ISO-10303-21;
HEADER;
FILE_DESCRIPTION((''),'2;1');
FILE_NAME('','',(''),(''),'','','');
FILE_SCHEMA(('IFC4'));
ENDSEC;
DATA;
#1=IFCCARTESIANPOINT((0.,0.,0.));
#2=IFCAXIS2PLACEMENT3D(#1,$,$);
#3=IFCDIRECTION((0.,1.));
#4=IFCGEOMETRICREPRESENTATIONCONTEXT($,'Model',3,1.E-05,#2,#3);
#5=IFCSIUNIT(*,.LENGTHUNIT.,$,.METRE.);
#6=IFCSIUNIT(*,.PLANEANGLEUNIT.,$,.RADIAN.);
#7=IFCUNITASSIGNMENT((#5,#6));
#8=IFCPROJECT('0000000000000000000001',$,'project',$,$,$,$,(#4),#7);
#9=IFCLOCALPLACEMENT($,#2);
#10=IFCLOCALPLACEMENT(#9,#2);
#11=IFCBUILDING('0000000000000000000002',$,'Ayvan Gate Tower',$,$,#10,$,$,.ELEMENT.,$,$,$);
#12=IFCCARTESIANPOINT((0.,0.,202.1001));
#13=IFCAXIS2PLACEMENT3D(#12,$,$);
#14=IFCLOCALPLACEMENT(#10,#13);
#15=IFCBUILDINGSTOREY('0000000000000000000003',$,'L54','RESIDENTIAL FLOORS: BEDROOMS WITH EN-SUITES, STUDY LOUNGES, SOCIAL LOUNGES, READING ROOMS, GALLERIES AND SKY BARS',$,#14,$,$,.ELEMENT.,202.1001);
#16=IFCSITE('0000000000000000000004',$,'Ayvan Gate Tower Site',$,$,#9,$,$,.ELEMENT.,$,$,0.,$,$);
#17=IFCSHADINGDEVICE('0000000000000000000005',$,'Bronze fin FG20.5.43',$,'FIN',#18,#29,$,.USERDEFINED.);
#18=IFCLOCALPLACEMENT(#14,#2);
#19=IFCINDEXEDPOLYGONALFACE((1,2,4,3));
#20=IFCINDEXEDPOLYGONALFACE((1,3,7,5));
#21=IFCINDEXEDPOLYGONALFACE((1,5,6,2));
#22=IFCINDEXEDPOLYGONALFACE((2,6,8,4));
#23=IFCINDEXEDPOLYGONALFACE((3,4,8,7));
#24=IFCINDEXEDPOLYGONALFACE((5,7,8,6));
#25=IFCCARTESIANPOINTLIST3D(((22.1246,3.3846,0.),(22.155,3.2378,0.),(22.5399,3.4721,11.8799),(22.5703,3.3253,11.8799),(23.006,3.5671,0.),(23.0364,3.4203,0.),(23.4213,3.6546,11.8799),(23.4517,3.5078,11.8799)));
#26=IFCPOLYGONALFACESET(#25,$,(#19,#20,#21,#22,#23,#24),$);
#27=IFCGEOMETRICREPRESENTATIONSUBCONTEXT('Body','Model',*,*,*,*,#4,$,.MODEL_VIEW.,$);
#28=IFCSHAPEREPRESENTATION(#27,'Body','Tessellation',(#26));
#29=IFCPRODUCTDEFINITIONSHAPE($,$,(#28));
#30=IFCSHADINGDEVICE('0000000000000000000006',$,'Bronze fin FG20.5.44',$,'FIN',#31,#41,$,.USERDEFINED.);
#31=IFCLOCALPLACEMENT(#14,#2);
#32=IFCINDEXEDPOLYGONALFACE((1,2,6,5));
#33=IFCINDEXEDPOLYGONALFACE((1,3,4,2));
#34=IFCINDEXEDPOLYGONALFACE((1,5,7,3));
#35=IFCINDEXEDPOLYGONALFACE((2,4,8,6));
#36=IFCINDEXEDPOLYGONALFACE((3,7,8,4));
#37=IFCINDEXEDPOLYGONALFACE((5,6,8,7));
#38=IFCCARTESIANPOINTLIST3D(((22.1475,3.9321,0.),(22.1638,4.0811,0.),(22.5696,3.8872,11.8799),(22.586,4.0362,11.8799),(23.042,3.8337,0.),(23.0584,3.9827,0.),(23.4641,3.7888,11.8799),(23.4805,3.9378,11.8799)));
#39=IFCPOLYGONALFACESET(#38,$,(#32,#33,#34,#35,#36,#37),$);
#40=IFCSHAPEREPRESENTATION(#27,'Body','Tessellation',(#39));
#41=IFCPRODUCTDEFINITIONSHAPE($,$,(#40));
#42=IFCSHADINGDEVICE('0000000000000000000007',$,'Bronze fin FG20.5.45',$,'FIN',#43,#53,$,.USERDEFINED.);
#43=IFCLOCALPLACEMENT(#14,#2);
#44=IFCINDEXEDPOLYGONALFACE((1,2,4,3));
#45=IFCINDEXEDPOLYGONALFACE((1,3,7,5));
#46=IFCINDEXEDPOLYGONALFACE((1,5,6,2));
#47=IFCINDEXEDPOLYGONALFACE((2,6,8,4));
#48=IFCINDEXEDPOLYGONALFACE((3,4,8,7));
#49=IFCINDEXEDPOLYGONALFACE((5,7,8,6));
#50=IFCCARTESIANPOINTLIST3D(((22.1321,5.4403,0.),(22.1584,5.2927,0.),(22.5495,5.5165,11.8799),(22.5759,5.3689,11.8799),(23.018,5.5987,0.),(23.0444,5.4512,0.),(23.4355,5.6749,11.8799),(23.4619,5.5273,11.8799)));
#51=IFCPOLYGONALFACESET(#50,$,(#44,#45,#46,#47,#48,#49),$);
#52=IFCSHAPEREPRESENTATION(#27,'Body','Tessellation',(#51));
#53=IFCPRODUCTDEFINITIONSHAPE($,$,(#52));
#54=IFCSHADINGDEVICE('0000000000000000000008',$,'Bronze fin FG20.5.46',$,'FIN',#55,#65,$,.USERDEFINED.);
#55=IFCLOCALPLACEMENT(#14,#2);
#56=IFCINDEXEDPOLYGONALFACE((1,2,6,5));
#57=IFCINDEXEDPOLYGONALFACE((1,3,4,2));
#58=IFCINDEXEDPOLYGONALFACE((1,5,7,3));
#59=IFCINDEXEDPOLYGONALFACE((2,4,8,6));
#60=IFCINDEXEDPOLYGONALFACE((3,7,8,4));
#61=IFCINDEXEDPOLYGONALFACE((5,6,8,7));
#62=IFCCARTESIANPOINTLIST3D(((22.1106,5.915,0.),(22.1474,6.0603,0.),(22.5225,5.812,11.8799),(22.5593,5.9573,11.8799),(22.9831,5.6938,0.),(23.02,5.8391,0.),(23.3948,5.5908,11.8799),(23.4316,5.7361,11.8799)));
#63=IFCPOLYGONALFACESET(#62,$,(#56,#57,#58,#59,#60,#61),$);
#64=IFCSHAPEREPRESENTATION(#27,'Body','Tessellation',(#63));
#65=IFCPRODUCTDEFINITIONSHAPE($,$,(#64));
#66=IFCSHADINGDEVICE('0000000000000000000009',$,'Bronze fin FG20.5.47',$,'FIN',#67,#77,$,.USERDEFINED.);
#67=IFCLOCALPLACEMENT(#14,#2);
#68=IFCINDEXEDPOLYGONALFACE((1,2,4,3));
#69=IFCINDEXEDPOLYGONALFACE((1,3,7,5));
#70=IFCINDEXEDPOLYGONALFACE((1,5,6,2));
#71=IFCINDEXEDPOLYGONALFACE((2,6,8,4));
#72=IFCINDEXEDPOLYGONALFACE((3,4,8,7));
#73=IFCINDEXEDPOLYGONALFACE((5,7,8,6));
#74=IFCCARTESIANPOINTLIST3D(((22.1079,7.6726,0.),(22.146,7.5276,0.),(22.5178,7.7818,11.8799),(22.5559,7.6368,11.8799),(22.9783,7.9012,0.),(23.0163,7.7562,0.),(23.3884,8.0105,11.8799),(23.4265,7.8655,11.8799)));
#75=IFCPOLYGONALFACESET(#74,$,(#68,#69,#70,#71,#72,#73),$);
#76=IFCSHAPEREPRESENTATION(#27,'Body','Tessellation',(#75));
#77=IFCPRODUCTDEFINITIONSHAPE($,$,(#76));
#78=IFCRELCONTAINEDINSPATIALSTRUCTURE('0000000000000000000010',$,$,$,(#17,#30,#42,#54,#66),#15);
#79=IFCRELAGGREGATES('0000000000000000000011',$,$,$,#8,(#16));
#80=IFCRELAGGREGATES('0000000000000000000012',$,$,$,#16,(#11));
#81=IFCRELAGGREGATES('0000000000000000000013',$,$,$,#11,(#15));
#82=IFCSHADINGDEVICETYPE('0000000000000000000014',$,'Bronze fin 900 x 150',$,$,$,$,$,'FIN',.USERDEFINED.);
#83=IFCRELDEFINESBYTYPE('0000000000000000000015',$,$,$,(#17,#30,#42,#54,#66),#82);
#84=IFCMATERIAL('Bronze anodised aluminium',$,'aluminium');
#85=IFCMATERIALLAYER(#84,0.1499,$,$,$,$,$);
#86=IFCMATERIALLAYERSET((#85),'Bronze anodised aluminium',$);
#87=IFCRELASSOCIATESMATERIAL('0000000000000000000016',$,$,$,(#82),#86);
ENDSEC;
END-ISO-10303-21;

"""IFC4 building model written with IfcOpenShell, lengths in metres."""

from ifc_helpers import new_model, si_unit, direction, frame, origin, place, context, subcontext, project, spatial, polyline, outline, extrude, material, layer, layer_set, type_object, element, save


model = new_model("IFC4")

# Units and contexts
model_context = context("Model", 3, precision=1e-05, world=origin(), true_north=direction((0.0, 1.0)))
body_context = subcontext(model_context, "Body", "Model", "MODEL_VIEW")
ifc_project = project(units=[si_unit("LENGTHUNIT", "METRE"), si_unit("PLANEANGLEUNIT", "RADIAN")], contexts=[model_context])

# Site, building, storey
site_placement = place(None, origin())
site = spatial("IfcSite", under=ifc_project, at=site_placement, Name="Ayvan Gate Tower Site", CompositionType="ELEMENT", RefElevation=0.0)
building_placement = place(site_placement, origin())
building = spatial("IfcBuilding", under=site, at=building_placement, Name="Ayvan Gate Tower", CompositionType="ELEMENT")
storey_placement = place(building_placement, frame((0.0, 0.0, 202.1001)))
storey = spatial("IfcBuildingStorey", under=building, at=storey_placement, Name="L54", Description="RESIDENTIAL FLOORS: BEDROOMS WITH EN-SUITES, STUDY LOUNGES, SOCIAL LOUNGES, READING ROOMS, GALLERIES AND SKY BARS", CompositionType="ELEMENT", Elevation=202.1001)

# Shared definitions
ifc_material_1 = material(Name="Bronze anodised aluminium", Category="aluminium")

# Shading devices
ifc_layer_1 = layer(ifc_material_1, 0.1499)
ifc_layer_set_1 = layer_set([ifc_layer_1], Name="Bronze anodised aluminium")
shading_device_type = type_object("IfcShadingDeviceType", Name="Bronze fin 900 x 150", ElementType="FIN", PredefinedType="USERDEFINED", material=ifc_layer_set_1)
shading_device_1_placement = place(storey_placement, frame((22.155, 3.2378, 0.0), z_axis=(0.202763, -0.979228, 0.000126), x_axis=(0.979228, 0.202763, 0.0)))
element("IfcShadingDevice", 1, at=shading_device_1_placement, inside=storey, type_object=shading_device_type, Name="Bronze fin FG20.5.43", ObjectType="FIN", PredefinedType="USERDEFINED", context=body_context, shape_type="SweptSolid", body=[
    extrude(outline(polyline([(0.0, 0.0), (0.9, 0.0), (1.3244, 11.8799), (0.4244, 11.8799), (0.0, 0.0)])), origin(), (0.0, 0.0, -1.0), 0.1499),
])
shading_device_2_placement = place(storey_placement, frame((22.1475, 3.9321, 0.0), z_axis=(-0.10933, -0.994006, 0.000126), x_axis=(0.994006, -0.10933, 0.0)))
element("IfcShadingDevice", 2, at=shading_device_2_placement, inside=storey, type_object=shading_device_type, Name="Bronze fin FG20.5.44", ObjectType="FIN", PredefinedType="USERDEFINED", context=body_context, shape_type="SweptSolid", body=[
    extrude(outline(polyline([(0.0, 0.0), (0.8999, 0.0), (1.3244, 11.8799), (0.4245, 11.8799), (0.0, 0.0)])), origin(), (0.0, 0.0, -1.0), 0.1499),
])
shading_device_3_placement = place(storey_placement, frame((22.1584, 5.2927, 0.0), z_axis=(0.176044, -0.984382, 0.000125), x_axis=(0.984382, 0.176044, 0.0)))
element("IfcShadingDevice", 3, at=shading_device_3_placement, inside=storey, type_object=shading_device_type, Name="Bronze fin FG20.5.45", ObjectType="FIN", PredefinedType="USERDEFINED", context=body_context, shape_type="SweptSolid", body=[
    extrude(outline(polyline([(0.0, 0.0), (0.9, 0.0), (1.3244, 11.8799), (0.4244, 11.8799), (0.0, 0.0)])), origin(), (0.0, 0.0, -1.0), 0.1499),
])
shading_device_4_placement = place(storey_placement, frame((22.1106, 5.915, 0.0), z_axis=(-0.245757, -0.969331, 0.000111), x_axis=(0.969331, -0.245757, 0.0)))
element("IfcShadingDevice", 4, at=shading_device_4_placement, inside=storey, type_object=shading_device_type, Name="Bronze fin FG20.5.46", ObjectType="FIN", PredefinedType="USERDEFINED", context=body_context, shape_type="SweptSolid", body=[
    extrude(outline(polyline([(0.0, 0.0), (0.9002, 0.0), (1.3245, 11.8799), (0.4246, 11.8799), (0.0, 0.0)])), origin(), (0.0, 0.0, -1.0), 0.1499),
])
shading_device_5_placement = place(storey_placement, frame((22.146, 7.5276, 0.0), z_axis=(0.254039, -0.967194, 0.000127), x_axis=(0.967194, 0.254039, 0.0)))
element("IfcShadingDevice", 5, at=shading_device_5_placement, inside=storey, type_object=shading_device_type, Name="Bronze fin FG20.5.47", ObjectType="FIN", PredefinedType="USERDEFINED", context=body_context, shape_type="SweptSolid", body=[
    extrude(outline(polyline([(0.0, 0.0), (0.8999, 0.0), (1.3243, 11.8799), (0.4242, 11.8799), (0.0, 0.0)])), origin(), (0.0, 0.0, -1.0), 0.1499),
])

save(model, "model.ifc")
